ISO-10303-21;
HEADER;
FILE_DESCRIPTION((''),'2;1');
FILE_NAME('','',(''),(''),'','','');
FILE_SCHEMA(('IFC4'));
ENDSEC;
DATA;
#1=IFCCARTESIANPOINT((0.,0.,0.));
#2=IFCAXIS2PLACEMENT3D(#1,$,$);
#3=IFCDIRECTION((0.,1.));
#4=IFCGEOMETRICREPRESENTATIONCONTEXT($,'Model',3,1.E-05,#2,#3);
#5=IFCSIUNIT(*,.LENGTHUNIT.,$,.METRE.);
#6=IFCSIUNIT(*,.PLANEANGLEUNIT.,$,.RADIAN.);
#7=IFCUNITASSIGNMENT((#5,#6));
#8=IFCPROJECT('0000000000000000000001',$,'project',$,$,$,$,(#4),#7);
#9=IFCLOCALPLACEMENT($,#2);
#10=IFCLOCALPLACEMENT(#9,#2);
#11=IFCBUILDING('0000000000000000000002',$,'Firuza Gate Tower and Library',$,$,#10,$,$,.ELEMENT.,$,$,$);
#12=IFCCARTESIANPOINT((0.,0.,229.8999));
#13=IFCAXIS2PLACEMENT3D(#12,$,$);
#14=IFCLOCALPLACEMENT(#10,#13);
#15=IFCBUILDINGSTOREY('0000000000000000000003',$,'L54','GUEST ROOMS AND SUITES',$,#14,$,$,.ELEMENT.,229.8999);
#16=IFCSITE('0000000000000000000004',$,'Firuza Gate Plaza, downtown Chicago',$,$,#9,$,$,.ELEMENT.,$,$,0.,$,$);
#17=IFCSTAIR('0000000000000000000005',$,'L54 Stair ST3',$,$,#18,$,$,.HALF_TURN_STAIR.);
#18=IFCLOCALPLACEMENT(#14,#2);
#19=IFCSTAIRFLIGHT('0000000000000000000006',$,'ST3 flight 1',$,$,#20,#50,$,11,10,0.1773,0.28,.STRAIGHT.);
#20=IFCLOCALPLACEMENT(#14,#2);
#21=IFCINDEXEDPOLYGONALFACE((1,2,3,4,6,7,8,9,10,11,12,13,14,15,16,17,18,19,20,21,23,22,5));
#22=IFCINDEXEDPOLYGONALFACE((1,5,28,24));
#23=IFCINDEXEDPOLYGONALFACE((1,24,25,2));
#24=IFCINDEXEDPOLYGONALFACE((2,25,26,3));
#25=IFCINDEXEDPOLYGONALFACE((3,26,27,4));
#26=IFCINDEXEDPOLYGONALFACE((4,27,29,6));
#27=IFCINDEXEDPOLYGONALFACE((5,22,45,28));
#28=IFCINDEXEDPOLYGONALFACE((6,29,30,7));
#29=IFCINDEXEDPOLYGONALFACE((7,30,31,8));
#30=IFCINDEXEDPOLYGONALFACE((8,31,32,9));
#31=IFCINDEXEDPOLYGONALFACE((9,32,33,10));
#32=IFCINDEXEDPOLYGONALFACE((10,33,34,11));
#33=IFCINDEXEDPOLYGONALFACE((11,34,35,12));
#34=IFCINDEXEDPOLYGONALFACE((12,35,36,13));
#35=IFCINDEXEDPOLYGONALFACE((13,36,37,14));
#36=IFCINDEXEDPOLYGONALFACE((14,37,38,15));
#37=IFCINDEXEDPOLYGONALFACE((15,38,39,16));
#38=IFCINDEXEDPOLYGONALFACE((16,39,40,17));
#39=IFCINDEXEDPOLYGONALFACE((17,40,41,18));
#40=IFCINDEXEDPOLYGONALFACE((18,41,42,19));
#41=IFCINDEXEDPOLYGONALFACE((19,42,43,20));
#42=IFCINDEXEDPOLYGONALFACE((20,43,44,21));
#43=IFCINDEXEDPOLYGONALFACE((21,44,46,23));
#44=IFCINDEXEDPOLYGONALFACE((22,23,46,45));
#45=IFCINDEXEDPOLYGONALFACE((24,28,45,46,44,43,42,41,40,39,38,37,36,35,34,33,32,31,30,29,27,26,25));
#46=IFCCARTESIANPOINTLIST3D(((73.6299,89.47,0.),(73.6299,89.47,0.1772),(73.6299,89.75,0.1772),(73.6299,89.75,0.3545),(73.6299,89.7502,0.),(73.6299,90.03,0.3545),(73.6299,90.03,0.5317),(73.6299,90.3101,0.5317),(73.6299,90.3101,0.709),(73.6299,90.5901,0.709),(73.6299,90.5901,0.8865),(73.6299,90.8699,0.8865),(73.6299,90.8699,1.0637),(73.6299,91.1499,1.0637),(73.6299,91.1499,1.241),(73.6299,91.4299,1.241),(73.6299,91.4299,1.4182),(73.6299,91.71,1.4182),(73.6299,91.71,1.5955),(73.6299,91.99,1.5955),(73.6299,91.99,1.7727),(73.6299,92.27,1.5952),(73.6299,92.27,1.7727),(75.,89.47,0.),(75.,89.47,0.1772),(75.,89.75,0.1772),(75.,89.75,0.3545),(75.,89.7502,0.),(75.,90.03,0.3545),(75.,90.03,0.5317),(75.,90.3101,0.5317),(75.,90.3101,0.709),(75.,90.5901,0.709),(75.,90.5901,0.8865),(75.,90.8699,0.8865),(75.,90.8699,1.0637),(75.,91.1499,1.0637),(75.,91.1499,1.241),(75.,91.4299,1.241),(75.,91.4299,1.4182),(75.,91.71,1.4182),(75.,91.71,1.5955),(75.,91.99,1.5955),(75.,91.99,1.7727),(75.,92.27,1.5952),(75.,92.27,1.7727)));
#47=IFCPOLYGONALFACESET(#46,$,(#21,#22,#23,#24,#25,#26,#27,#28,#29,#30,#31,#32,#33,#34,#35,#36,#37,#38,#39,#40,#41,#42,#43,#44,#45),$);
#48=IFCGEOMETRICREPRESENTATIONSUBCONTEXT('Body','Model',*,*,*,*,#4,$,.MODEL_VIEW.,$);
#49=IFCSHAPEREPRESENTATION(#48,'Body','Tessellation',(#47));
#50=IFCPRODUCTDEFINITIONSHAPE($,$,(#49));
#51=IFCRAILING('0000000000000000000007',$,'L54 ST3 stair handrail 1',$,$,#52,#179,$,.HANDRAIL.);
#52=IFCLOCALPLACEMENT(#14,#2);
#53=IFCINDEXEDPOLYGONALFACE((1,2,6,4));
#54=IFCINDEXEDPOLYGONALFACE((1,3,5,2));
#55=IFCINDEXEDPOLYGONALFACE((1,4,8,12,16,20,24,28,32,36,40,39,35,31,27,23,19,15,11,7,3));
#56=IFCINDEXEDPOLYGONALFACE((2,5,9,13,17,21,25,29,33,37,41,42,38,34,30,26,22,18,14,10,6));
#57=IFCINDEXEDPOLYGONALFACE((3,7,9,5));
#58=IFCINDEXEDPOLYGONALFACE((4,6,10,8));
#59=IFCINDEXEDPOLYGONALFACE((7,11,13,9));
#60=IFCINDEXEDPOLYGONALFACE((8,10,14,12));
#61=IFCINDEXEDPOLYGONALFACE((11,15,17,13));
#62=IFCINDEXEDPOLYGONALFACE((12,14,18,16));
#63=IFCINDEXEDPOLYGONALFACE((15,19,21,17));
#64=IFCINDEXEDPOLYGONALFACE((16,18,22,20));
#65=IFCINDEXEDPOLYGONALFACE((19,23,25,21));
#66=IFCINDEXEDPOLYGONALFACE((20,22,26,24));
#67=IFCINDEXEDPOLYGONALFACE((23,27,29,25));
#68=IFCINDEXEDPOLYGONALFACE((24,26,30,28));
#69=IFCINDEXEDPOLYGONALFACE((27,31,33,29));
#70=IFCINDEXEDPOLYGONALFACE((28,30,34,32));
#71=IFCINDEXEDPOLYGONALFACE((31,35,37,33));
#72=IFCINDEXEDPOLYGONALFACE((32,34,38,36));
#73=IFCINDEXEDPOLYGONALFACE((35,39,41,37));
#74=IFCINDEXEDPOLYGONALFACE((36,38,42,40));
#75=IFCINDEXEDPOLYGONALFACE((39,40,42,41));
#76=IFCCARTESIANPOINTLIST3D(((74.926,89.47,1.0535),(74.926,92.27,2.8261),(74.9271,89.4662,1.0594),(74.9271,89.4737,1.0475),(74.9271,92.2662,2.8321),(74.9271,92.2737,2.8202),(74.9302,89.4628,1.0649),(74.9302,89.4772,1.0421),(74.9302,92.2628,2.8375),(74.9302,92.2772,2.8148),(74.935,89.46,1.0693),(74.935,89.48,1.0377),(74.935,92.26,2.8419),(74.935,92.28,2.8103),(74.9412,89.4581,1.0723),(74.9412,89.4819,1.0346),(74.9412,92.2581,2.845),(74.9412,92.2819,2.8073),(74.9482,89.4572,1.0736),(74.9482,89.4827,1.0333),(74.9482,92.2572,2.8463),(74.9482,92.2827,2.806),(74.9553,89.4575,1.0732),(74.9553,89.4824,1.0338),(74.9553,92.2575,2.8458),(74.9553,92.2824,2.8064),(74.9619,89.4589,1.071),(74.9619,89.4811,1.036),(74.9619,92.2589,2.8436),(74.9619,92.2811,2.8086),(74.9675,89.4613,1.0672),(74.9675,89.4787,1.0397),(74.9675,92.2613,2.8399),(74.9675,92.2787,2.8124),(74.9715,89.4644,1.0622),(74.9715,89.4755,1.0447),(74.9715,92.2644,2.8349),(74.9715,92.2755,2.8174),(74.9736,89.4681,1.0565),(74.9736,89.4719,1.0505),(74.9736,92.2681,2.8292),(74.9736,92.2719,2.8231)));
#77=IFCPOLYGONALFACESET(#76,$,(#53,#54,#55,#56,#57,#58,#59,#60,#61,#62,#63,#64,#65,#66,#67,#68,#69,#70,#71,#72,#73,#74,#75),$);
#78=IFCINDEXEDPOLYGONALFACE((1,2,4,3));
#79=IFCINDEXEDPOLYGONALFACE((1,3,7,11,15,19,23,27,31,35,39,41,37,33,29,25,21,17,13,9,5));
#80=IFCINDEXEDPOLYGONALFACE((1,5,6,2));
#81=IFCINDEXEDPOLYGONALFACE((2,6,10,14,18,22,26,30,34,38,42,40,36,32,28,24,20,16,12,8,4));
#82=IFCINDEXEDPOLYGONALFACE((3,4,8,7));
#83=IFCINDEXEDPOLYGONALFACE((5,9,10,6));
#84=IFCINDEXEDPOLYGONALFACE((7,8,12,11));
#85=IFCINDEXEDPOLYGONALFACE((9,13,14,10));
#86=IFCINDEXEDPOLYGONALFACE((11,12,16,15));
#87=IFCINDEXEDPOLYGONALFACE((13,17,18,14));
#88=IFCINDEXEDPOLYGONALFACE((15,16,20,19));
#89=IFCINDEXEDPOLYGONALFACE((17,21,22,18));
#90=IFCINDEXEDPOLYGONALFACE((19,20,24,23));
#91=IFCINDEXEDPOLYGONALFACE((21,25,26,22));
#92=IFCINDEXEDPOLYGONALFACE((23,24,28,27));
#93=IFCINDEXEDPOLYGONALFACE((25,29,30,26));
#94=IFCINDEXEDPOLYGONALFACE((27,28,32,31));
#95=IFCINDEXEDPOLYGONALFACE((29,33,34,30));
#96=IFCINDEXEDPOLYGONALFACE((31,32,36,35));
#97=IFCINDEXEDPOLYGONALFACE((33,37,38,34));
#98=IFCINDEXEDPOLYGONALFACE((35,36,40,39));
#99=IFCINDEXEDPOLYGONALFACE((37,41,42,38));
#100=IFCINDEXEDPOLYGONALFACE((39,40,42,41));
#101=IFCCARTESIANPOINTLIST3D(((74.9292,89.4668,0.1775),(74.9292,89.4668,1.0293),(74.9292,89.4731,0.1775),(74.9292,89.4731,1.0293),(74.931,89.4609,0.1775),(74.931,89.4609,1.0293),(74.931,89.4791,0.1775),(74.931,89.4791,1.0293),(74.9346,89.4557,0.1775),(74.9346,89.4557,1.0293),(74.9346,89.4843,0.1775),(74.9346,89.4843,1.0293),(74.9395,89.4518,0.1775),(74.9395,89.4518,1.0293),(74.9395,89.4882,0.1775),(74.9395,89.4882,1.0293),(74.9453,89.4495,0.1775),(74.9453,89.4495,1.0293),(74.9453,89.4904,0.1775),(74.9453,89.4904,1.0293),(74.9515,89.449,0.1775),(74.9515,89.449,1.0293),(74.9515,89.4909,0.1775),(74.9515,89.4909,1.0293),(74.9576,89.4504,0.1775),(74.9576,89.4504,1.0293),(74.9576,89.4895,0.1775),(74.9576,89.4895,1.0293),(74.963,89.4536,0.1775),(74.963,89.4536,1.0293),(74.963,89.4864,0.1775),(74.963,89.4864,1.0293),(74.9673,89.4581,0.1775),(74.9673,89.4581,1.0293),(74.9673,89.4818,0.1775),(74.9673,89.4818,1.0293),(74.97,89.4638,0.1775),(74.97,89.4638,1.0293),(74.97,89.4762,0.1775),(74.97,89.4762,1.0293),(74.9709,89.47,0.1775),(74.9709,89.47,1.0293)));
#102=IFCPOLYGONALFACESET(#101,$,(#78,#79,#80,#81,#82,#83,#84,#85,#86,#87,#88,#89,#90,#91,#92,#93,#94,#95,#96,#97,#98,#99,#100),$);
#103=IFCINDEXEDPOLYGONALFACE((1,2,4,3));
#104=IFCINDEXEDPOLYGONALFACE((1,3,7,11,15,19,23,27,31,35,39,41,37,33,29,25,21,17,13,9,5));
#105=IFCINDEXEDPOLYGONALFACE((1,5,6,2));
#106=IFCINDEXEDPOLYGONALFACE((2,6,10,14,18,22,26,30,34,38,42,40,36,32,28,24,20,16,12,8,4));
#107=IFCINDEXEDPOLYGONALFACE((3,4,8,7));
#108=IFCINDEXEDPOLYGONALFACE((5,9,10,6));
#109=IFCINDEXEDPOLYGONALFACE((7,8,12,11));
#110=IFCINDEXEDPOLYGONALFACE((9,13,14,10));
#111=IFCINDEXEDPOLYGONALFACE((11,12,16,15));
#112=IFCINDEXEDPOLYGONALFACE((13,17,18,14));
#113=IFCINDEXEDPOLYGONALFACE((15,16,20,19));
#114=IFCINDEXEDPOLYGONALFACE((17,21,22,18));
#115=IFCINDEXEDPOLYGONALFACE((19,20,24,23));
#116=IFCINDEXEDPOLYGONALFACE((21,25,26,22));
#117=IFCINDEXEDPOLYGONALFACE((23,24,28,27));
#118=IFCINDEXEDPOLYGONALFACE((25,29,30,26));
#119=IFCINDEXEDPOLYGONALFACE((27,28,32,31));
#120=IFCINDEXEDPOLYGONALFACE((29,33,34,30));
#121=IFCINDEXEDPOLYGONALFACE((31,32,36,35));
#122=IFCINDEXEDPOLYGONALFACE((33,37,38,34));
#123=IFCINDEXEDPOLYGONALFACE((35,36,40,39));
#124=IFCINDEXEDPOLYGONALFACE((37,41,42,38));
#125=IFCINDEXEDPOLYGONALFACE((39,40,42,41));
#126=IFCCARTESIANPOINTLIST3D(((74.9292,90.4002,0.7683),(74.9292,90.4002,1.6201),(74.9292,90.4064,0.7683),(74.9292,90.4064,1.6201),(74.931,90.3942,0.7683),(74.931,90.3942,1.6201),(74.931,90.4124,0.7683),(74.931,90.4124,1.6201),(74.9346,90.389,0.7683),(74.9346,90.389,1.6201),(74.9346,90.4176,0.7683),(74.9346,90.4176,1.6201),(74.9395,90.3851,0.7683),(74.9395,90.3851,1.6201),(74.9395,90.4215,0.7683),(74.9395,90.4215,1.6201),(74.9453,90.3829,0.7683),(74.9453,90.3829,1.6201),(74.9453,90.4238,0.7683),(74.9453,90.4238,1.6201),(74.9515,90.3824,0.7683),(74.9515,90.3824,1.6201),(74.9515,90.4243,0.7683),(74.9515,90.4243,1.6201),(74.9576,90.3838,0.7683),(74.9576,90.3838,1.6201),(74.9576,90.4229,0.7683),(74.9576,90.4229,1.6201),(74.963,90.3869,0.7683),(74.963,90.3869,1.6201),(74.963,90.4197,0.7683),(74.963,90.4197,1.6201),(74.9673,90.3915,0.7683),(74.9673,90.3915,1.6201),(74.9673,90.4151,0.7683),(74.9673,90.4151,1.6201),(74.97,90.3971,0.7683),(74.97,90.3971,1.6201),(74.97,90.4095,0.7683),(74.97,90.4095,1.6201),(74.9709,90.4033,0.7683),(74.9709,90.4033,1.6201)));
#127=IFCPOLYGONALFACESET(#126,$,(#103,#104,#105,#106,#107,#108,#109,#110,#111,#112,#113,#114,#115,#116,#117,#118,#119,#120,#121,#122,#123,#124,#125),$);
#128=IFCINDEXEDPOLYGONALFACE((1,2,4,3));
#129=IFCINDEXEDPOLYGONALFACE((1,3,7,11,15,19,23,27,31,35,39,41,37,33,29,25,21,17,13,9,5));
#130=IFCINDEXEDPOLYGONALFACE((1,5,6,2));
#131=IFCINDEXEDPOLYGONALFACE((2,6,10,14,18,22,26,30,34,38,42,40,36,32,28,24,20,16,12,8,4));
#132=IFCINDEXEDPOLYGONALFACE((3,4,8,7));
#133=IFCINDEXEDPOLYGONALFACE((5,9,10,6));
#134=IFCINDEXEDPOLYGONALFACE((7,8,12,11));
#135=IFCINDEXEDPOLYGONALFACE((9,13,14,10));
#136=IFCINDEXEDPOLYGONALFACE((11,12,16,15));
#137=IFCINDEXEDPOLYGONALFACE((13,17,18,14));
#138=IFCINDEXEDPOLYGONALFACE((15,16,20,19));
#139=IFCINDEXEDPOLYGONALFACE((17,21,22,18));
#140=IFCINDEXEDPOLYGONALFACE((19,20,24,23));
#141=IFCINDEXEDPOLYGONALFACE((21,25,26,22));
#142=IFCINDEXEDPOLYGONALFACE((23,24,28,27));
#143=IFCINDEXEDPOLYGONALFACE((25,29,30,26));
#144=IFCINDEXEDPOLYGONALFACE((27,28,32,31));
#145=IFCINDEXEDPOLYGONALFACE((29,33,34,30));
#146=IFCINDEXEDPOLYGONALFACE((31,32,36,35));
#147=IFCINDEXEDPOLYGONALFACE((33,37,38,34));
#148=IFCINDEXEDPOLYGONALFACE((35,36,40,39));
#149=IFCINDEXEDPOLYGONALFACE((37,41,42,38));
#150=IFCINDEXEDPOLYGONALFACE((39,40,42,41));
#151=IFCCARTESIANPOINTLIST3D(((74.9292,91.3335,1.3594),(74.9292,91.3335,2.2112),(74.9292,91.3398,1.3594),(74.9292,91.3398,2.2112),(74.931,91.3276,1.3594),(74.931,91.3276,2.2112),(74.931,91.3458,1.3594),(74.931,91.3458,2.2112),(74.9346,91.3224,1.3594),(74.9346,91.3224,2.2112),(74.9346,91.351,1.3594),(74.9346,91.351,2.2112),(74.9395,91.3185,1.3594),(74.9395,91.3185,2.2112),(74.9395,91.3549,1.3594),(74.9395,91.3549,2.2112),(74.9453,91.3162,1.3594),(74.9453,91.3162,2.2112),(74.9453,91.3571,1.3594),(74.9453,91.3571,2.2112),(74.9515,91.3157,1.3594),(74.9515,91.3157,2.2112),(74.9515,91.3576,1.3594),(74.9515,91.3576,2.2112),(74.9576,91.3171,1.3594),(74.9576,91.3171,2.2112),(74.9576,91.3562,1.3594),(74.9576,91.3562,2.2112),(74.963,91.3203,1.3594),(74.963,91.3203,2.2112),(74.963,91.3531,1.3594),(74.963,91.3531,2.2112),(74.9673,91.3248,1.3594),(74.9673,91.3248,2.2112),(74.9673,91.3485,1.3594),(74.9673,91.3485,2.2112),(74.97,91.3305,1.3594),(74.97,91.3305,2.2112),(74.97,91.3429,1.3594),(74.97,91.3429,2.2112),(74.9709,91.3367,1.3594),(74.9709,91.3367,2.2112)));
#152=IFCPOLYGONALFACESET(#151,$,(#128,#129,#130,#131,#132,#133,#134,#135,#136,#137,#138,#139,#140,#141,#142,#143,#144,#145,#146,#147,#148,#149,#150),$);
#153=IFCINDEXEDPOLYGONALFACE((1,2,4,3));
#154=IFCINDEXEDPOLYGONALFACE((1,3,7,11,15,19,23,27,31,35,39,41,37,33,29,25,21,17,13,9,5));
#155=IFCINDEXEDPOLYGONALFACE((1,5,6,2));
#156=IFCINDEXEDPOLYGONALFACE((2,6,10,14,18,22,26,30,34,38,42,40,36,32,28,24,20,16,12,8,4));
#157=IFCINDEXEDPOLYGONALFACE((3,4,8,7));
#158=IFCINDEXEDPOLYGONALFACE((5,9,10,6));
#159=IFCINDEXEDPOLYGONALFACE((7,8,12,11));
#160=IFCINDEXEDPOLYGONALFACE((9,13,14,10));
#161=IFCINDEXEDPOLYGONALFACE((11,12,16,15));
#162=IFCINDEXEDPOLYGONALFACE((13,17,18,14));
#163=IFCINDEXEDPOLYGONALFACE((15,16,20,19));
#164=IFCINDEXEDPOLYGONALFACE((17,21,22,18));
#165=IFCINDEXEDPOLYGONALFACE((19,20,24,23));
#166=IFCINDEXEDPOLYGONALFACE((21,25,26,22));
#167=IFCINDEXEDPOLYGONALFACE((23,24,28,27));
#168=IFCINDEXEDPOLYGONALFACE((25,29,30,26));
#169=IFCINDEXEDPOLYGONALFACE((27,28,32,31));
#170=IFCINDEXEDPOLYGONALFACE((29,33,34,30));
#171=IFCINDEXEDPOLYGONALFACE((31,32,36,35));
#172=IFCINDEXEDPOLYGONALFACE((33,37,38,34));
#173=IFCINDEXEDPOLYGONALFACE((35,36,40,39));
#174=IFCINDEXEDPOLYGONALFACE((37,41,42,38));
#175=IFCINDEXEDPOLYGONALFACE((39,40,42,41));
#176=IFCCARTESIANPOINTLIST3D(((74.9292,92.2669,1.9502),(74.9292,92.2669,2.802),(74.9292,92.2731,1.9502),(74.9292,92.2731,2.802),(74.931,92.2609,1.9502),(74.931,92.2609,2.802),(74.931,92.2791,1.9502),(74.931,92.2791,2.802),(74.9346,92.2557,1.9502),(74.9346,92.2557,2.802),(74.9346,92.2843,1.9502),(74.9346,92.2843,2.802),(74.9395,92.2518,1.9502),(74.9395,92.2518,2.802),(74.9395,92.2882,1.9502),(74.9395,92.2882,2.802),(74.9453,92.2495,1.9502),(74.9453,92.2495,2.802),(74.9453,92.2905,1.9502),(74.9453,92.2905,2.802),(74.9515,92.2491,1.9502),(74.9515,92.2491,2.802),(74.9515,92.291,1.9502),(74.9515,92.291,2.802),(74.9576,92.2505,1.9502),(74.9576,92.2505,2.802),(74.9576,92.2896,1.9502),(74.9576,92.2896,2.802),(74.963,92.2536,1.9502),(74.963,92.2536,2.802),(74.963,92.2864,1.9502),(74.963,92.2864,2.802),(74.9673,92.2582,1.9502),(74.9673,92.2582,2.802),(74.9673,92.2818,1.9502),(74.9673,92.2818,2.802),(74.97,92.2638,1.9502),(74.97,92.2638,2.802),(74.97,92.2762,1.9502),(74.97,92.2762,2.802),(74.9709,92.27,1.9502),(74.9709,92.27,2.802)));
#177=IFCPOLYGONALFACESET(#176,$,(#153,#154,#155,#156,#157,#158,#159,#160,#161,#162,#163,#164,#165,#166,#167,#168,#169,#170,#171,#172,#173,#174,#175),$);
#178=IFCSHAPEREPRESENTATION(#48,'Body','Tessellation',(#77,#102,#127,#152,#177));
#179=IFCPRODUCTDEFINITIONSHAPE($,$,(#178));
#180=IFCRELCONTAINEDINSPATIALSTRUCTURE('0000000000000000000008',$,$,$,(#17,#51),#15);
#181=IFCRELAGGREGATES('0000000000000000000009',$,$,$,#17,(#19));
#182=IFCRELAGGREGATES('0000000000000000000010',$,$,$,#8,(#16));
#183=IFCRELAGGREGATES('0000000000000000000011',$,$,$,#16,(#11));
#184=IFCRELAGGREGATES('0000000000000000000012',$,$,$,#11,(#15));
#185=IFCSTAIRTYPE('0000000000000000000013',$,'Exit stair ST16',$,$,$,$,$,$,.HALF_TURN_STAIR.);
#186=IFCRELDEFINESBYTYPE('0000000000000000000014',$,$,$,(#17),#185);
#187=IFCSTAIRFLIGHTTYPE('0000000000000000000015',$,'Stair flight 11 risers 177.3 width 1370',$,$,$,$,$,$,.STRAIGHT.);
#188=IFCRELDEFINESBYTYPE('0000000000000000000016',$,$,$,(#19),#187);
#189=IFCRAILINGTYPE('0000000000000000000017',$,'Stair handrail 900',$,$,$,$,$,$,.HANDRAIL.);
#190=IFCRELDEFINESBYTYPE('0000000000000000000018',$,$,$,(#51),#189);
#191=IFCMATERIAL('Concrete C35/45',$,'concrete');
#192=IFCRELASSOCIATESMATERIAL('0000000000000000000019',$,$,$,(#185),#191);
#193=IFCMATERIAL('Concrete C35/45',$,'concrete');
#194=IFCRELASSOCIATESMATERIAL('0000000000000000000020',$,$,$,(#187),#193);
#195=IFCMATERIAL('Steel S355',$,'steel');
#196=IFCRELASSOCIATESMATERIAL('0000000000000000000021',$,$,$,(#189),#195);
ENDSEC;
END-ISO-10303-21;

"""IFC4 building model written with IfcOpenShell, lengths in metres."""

from ifc_helpers import new_model, si_unit, direction, frame, origin, origin_2d, place, context, subcontext, project, spatial, polyline, circle, outline, extrude, material, type_object, element, aggregate, save


model = new_model("IFC4")

# Units and contexts
model_context = context("Model", 3, precision=1e-05, world=origin(), true_north=direction((0.0, 1.0)))
body_context = subcontext(model_context, "Body", "Model", "MODEL_VIEW")
ifc_project = project(units=[si_unit("LENGTHUNIT", "METRE"), si_unit("PLANEANGLEUNIT", "RADIAN")], contexts=[model_context])

# Site, building, storey
site_placement = place(None, origin())
site = spatial("IfcSite", under=ifc_project, at=site_placement, Name="Firuza Gate Plaza, downtown Chicago", CompositionType="ELEMENT", RefElevation=0.0)
building_placement = place(site_placement, origin())
building = spatial("IfcBuilding", under=site, at=building_placement, Name="Firuza Gate Tower and Library", CompositionType="ELEMENT")
storey_placement = place(building_placement, frame((0.0, 0.0, 229.8999)))
storey = spatial("IfcBuildingStorey", under=building, at=storey_placement, Name="L54", Description="GUEST ROOMS AND SUITES", CompositionType="ELEMENT", Elevation=229.8999)

# Stair, stair flight
ifc_material_1 = material(Name="Concrete C35/45", Category="concrete")
stair_type = type_object("IfcStairType", Name="Exit stair ST16", PredefinedType="HALF_TURN_STAIR", material=ifc_material_1)
stair_placement = place(storey_placement, origin())
stair = element("IfcStair", 1, at=stair_placement, inside=storey, type_object=stair_type, Name="L54 Stair ST3", PredefinedType="HALF_TURN_STAIR")
ifc_material_2 = material(Name="Concrete C35/45", Category="concrete")
stair_flight_type = type_object("IfcStairFlightType", Name="Stair flight 11 risers 177.3 width 1370", PredefinedType="STRAIGHT", material=ifc_material_2)
stair_flight_placement = place(storey_placement, frame((74.3149, 89.47, 0.0), z_axis=(0.0, 0.0, 1.0), x_axis=(0.0, 1.0, 0.0)))
stair_flight = element("IfcStairFlight", 2, at=stair_flight_placement, type_object=stair_flight_type, Name="ST3 flight 1", NumberOfRisers=11, NumberOfTreads=10, PredefinedType="STRAIGHT", RiserHeight=0.1773, TreadLength=0.28, context=body_context, shape_type="SweptSolid", body=[
    extrude(outline(polyline([(0.0, 0.0), (0.0, 0.1772), (0.28, 0.1772), (0.28, 0.3545), (0.5601, 0.3545), (0.5601, 0.5317), (0.8401, 0.5317), (0.8401, 0.709), (1.1201, 0.709), (1.1201, 0.8865), (1.3999, 0.8865), (1.3999, 1.0637), (1.6799, 1.0637), (1.6799, 1.241), (1.96, 1.241), (1.96, 1.4182), (2.24, 1.4182), (2.24, 1.5955), (2.52, 1.5955), (2.52, 1.7727), (2.8, 1.7727), (2.8, 1.95), (2.8, 1.5952), (0.2803, 0.0), (0.0, 0.0)])), frame((0.0, 0.6851, 0.0), z_axis=(0.0, -1.0, 0.0), x_axis=(1.0, 0.0, 0.0)), (0.0, 0.0, 1.0), 1.3701),
])
aggregate(stair, [stair_flight])

# Railing
ifc_material_3 = material(Name="Steel S355", Category="steel")
railing_type = type_object("IfcRailingType", Name="Stair handrail 900", PredefinedType="HANDRAIL", material=ifc_material_3)
railing_placement = place(storey_placement, frame((74.95, 89.47, 0.1775)))
element("IfcRailing", 3, at=railing_placement, inside=storey, type_object=railing_type, Name="L54 ST3 stair handrail 1", PredefinedType="HANDRAIL", context=body_context, shape_type="SweptSolid", body=[
    extrude(circle(Radius=0.0239, at=origin_2d()), frame((0.0, 0.0, 0.876), z_axis=(0.0, 0.844909, 0.53491), x_axis=(-1.0, 0.0, 0.0)), (0.0, 0.0, 1.0), 3.314),
    extrude(circle(Radius=0.021, at=origin_2d()), origin(), (0.0, 0.0, 1.0), 0.8518),
    extrude(circle(Radius=0.021, at=origin_2d()), frame((0.0, 0.9333, 0.5908)), (0.0, 0.0, 1.0), 0.8518),
    extrude(circle(Radius=0.021, at=origin_2d()), frame((0.0, 1.8667, 1.1819)), (0.0, 0.0, 1.0), 0.8518),
    extrude(circle(Radius=0.021, at=origin_2d()), frame((0.0, 2.8, 1.7727)), (0.0, 0.0, 1.0), 0.8518),
])

save(model, "model.ifc")
